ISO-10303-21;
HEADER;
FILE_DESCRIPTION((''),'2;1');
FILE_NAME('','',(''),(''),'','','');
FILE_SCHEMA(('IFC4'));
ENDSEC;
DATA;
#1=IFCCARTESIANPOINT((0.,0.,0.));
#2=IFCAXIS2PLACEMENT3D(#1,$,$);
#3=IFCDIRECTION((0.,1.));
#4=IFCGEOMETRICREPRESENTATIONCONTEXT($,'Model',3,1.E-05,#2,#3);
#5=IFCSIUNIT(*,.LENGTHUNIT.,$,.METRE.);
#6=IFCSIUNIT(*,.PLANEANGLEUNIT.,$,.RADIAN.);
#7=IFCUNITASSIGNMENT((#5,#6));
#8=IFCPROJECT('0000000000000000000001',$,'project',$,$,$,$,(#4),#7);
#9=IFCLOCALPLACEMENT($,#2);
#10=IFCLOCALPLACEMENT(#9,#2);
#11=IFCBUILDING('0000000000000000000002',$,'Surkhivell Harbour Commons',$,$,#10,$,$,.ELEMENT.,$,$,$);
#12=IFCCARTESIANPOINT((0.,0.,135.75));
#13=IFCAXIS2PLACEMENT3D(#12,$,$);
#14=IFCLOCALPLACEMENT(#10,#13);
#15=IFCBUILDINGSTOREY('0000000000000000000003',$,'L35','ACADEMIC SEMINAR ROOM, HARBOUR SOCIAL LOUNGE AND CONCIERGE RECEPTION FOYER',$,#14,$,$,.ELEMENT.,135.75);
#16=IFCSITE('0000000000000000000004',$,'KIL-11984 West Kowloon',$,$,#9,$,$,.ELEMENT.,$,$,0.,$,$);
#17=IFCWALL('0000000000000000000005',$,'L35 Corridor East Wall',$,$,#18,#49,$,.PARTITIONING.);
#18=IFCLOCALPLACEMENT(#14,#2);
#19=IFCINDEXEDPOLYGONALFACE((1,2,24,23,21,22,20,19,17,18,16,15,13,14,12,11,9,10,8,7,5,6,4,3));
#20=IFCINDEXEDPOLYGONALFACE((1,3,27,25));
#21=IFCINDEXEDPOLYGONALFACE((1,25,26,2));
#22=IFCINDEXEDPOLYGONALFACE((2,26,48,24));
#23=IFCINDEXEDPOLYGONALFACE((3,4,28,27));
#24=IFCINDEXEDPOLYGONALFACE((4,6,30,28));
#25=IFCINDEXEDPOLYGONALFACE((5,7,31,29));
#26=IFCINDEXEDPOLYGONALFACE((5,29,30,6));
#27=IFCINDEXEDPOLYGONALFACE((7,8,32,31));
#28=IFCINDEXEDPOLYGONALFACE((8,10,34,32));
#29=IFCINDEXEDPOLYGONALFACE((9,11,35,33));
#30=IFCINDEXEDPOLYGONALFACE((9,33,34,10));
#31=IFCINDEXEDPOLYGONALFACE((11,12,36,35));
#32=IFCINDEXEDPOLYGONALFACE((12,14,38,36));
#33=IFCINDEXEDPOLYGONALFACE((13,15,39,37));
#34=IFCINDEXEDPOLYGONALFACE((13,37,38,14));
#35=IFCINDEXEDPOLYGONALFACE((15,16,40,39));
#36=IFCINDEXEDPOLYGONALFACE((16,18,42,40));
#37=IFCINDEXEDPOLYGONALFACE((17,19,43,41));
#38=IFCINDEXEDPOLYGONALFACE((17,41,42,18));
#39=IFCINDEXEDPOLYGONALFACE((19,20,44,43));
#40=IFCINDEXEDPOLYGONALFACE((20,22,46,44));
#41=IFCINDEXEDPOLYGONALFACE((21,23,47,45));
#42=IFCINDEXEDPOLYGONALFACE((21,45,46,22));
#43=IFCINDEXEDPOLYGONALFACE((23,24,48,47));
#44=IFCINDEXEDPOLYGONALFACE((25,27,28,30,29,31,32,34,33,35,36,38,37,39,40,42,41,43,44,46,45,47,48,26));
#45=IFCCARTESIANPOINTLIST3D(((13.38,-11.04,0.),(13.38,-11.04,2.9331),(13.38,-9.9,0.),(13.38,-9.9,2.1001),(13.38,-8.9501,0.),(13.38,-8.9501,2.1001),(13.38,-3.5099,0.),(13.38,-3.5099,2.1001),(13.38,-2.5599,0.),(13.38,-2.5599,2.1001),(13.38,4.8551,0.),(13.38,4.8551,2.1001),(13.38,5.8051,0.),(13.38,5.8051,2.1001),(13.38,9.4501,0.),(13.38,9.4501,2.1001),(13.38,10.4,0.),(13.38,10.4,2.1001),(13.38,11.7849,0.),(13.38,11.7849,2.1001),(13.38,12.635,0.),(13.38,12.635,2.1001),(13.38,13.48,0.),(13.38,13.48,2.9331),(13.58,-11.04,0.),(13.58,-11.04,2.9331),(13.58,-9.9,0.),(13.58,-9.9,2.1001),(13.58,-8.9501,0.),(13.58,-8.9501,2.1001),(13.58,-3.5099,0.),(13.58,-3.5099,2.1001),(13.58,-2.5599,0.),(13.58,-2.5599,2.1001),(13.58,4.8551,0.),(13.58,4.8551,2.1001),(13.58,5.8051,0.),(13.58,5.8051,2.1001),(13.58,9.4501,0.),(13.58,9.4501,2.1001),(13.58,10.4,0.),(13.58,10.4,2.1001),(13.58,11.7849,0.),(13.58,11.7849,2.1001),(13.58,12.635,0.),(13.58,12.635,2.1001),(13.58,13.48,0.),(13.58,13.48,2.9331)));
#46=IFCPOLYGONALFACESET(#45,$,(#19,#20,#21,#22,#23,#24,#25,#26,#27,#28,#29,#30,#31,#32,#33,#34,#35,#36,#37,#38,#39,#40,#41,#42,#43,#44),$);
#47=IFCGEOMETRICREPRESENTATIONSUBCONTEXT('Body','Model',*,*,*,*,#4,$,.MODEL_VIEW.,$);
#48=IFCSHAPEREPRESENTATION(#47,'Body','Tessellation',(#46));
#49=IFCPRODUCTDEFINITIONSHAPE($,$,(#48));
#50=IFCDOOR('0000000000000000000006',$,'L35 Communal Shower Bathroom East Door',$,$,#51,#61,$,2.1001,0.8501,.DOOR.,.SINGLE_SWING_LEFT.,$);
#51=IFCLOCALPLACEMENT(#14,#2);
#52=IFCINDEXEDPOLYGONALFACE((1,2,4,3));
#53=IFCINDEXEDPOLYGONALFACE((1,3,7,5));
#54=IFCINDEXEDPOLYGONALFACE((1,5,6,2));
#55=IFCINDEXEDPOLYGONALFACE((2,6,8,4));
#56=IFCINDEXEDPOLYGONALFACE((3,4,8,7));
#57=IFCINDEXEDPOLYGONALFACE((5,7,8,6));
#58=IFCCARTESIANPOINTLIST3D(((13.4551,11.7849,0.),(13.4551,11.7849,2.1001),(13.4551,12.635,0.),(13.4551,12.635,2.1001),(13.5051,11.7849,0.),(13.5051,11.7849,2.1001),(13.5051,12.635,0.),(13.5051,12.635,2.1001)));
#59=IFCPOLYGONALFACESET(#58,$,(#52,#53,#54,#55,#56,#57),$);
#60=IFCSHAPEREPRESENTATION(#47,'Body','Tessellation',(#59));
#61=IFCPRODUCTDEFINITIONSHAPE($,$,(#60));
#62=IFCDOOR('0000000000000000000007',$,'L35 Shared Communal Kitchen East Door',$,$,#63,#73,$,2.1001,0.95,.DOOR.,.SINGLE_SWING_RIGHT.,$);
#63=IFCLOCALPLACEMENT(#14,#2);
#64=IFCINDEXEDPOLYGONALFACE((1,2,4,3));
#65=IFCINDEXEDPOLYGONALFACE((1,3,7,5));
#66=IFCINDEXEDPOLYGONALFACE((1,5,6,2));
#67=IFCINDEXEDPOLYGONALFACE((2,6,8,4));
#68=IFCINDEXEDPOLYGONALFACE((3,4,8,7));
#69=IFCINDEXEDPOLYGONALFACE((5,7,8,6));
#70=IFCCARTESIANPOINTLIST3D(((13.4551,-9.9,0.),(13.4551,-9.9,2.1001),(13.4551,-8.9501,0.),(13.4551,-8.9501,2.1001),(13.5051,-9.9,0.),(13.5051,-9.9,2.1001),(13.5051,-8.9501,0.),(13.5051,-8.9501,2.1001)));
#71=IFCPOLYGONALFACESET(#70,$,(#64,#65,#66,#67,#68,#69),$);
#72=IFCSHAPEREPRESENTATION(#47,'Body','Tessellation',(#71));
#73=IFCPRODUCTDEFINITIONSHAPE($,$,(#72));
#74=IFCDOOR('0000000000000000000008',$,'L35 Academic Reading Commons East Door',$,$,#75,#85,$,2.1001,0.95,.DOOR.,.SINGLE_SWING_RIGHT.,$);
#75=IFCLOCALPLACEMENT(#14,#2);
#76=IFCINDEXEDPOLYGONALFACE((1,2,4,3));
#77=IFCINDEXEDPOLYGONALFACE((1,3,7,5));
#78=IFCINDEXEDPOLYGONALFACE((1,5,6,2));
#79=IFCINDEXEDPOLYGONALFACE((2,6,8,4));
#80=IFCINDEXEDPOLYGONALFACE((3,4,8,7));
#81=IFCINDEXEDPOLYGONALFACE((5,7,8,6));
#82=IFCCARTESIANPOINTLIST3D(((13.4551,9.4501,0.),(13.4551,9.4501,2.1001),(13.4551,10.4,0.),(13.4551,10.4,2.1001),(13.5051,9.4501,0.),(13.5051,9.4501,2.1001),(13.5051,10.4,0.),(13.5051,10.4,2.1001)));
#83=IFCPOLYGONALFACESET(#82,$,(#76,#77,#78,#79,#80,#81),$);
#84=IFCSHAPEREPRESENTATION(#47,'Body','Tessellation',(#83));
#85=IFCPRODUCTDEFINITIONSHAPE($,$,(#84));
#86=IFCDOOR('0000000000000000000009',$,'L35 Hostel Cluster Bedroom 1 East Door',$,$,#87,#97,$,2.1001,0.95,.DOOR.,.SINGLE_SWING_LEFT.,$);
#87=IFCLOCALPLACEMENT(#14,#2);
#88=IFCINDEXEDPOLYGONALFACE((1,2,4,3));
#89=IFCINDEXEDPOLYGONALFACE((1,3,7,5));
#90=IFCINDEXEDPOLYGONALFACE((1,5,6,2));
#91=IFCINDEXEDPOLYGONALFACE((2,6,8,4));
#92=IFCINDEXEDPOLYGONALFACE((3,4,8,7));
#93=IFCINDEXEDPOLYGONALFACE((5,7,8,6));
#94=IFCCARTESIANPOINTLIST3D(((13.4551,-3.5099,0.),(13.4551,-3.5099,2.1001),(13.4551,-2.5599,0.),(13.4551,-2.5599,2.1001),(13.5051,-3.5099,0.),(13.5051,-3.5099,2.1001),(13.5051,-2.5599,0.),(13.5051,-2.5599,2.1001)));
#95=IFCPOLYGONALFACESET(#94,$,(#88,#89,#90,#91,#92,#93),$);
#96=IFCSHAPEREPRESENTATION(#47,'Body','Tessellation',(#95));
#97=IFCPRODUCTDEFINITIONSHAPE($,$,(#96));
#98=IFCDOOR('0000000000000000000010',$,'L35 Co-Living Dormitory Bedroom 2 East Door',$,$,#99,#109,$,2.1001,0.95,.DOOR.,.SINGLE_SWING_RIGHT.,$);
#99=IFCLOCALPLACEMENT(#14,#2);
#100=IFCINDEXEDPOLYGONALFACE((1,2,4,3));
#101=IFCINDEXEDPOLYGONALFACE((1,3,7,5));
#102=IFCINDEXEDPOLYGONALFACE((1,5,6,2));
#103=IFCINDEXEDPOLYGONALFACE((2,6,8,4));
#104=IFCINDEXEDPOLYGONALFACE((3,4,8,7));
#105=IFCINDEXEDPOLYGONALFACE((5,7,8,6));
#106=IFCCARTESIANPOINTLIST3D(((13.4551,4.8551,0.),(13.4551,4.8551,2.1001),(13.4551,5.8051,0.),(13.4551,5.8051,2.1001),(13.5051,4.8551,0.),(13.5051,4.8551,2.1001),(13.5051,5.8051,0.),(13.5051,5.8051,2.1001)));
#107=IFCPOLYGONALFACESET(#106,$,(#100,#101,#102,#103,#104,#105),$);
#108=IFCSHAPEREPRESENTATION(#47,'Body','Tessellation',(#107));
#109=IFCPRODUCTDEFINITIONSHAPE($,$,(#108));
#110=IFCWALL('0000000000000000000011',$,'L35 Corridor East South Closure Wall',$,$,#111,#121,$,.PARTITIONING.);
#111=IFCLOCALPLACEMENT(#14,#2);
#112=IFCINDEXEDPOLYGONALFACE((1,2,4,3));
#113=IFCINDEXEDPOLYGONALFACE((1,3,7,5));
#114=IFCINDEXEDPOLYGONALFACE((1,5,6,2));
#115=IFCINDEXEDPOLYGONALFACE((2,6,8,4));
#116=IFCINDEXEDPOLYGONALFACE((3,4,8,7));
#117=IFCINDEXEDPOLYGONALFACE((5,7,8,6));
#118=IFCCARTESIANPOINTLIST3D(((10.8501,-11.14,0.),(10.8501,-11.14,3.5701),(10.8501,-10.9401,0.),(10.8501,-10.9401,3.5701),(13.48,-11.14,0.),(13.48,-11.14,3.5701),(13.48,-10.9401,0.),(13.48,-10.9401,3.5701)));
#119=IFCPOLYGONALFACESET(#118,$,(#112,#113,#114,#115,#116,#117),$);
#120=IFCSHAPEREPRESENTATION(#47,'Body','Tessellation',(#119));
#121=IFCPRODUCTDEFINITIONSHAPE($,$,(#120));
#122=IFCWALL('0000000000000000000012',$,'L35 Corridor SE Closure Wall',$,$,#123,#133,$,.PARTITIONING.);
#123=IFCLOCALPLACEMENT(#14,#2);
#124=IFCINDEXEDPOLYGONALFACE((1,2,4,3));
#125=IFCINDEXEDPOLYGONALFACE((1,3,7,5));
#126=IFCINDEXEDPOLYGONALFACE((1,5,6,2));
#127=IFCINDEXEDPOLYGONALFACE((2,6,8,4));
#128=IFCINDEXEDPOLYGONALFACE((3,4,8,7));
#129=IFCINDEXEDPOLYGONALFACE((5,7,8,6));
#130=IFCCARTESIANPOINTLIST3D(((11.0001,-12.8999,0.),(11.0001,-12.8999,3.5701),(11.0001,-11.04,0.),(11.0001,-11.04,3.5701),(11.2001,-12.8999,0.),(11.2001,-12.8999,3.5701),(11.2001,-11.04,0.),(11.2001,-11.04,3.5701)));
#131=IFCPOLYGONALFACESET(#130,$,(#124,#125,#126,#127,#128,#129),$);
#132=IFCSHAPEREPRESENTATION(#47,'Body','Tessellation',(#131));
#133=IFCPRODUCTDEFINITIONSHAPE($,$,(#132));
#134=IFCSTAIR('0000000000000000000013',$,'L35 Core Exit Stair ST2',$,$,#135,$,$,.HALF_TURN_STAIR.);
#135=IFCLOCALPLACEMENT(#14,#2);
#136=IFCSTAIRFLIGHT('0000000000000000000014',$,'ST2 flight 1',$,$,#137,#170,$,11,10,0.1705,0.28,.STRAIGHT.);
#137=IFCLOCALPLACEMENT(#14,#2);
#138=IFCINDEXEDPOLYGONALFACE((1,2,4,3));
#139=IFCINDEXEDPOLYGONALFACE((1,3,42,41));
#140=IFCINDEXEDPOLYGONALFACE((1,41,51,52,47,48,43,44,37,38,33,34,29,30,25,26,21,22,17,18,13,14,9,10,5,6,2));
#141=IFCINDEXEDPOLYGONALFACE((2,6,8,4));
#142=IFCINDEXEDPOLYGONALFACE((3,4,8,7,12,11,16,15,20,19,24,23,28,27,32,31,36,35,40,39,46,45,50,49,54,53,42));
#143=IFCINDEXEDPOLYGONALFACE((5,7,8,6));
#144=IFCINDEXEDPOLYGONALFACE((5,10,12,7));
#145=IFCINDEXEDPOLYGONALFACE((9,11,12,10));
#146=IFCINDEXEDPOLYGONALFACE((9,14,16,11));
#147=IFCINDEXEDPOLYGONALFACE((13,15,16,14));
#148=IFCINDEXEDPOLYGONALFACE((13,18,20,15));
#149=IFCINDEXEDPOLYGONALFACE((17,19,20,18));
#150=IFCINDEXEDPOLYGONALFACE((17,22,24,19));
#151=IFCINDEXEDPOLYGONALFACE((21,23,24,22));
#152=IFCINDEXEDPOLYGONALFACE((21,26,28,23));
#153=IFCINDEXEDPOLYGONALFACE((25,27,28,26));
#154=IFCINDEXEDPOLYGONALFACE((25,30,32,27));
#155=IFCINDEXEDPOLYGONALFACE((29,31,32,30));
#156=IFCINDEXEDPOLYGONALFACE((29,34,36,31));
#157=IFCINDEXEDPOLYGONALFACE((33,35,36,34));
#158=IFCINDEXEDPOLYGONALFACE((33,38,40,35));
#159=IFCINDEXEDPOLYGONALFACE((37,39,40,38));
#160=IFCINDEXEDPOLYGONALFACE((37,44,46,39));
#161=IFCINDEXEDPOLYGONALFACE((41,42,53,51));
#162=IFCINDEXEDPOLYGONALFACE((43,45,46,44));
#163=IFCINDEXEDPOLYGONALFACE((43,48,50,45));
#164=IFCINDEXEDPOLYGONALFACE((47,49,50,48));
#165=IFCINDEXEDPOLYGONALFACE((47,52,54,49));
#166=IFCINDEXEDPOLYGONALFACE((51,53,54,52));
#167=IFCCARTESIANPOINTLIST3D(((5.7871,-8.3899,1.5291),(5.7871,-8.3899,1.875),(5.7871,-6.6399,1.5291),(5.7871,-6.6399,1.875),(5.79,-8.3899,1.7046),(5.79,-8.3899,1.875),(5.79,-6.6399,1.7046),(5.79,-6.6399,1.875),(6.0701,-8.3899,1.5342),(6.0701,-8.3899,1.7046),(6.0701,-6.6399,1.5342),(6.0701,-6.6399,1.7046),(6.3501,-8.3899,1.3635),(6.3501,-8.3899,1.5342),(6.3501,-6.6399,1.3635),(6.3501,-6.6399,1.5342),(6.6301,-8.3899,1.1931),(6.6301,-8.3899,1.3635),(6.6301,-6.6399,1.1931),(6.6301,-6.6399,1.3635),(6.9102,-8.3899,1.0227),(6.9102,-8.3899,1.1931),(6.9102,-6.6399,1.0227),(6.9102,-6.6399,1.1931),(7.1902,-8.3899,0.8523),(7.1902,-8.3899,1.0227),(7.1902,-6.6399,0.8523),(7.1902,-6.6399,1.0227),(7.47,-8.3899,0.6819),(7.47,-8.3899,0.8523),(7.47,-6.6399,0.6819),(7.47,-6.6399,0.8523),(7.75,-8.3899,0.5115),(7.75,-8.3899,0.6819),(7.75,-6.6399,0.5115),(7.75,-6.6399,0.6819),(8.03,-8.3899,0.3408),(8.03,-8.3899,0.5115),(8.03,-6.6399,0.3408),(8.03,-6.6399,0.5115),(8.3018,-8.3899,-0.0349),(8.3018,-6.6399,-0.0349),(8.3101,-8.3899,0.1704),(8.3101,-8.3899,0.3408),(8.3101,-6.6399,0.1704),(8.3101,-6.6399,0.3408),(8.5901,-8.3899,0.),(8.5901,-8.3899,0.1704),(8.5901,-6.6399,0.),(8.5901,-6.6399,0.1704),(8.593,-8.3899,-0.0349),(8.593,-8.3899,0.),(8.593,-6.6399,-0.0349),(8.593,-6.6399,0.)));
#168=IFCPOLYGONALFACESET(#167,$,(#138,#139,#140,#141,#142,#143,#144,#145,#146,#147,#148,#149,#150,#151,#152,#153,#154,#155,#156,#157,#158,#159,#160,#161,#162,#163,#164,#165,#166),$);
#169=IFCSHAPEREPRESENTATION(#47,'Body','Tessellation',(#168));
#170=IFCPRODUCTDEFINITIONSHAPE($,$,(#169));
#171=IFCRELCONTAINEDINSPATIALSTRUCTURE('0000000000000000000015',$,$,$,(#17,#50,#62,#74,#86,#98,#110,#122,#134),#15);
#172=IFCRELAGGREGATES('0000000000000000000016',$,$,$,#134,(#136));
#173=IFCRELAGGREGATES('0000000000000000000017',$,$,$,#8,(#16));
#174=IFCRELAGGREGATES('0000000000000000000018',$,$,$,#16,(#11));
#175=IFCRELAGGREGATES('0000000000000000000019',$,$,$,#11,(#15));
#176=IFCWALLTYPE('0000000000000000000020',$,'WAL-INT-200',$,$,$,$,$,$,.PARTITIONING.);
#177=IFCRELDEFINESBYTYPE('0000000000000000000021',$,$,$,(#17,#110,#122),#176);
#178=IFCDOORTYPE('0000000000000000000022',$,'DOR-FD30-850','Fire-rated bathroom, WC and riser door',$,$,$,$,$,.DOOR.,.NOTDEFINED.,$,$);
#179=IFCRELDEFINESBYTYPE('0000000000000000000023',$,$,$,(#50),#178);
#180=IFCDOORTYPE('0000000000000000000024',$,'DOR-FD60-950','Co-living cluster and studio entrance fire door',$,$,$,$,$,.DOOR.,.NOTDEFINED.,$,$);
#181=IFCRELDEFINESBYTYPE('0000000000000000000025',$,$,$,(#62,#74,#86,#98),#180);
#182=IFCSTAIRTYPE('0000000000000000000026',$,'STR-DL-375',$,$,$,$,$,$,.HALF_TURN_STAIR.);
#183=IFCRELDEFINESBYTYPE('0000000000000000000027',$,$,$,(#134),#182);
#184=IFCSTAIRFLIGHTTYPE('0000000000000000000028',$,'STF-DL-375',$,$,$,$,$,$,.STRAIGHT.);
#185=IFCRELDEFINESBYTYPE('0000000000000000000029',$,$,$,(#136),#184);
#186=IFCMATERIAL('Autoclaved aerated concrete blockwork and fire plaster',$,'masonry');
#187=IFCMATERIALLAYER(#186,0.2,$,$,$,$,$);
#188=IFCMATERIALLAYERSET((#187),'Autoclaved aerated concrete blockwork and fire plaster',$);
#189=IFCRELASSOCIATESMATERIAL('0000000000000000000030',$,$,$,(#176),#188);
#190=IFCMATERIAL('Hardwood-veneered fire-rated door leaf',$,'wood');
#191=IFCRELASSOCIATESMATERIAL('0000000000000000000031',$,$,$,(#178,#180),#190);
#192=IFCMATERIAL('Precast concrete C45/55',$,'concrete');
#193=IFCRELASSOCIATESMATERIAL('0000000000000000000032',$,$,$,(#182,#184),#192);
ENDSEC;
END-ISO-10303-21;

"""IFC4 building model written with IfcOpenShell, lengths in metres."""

from ifc_helpers import new_model, si_unit, direction, frame, frame_2d, origin, place, context, subcontext, project, spatial, polyline, rectangle, outline, extrude, material, layer, layer_set, type_object, element, fill, aggregate, save


model = new_model("IFC4")

# Units and contexts
model_context = context("Model", 3, precision=1e-05, world=origin(), true_north=direction((0.0, 1.0)))
body_context = subcontext(model_context, "Body", "Model", "MODEL_VIEW")
ifc_project = project(units=[si_unit("LENGTHUNIT", "METRE"), si_unit("PLANEANGLEUNIT", "RADIAN")], contexts=[model_context])

# Site, building, storey
site_placement = place(None, origin())
site = spatial("IfcSite", under=ifc_project, at=site_placement, Name="KIL-11984 West Kowloon", CompositionType="ELEMENT", RefElevation=0.0)
building_placement = place(site_placement, origin())
building = spatial("IfcBuilding", under=site, at=building_placement, Name="Surkhivell Harbour Commons", CompositionType="ELEMENT")
storey_placement = place(building_placement, frame((0.0, 0.0, 135.75)))
storey = spatial("IfcBuildingStorey", under=building, at=storey_placement, Name="L35", Description="ACADEMIC SEMINAR ROOM, HARBOUR SOCIAL LOUNGE AND CONCIERGE RECEPTION FOYER", CompositionType="ELEMENT", Elevation=135.75)

# Shared definitions
ifc_material_1 = material(Name="Autoclaved aerated concrete blockwork and fire plaster", Category="masonry")
ifc_layer_1 = layer(ifc_material_1, 0.2)
ifc_layer_set_1 = layer_set([ifc_layer_1], Name="Autoclaved aerated concrete blockwork and fire plaster")
wall_type_1 = type_object("IfcWallType", Name="WAL-INT-200", PredefinedType="PARTITIONING", material=ifc_layer_set_1)

# Wall, openings, doors
wall_1_placement = place(storey_placement, frame((13.48, -11.04, 0.0), z_axis=(0.0, 0.0, 1.0), x_axis=(0.0, 1.0, 0.0)))
wall_1 = element("IfcWall", 1, at=wall_1_placement, inside=storey, type_object=wall_type_1, Name="L35 Corridor East Wall", PredefinedType="PARTITIONING", context=body_context, shape_type="SweptSolid", body=[
    extrude(rectangle(XDim=24.52, YDim=0.2, at=frame_2d((12.26, 0.0))), origin(), (0.0, 0.0, 1.0), 2.9331),
])
opening_1_placement = place(wall_1_placement, frame((1.1399, 0.0, 0.0)))
opening_1 = element("IfcOpeningElement", 2, at=opening_1_placement, cuts=wall_1, PredefinedType="OPENING", context=body_context, shape_type="SweptSolid", body=[
    extrude(rectangle(XDim=0.95, YDim=2.1001, at=frame_2d((0.4751, 1.05))), frame((0.0, 0.1099, 0.0), z_axis=(0.0, -1.0, 0.0), x_axis=(1.0, 0.0, 0.0)), (0.0, 0.0, 1.0), 0.22),
])
opening_2_placement = place(wall_1_placement, frame((22.825, 0.0, 0.0)))
opening_2 = element("IfcOpeningElement", 3, at=opening_2_placement, cuts=wall_1, PredefinedType="OPENING", context=body_context, shape_type="SweptSolid", body=[
    extrude(rectangle(XDim=0.8501, YDim=2.1001, at=frame_2d((0.425, 1.05))), frame((0.0, 0.1099, 0.0), z_axis=(0.0, -1.0, 0.0), x_axis=(1.0, 0.0, 0.0)), (0.0, 0.0, 1.0), 0.22),
])
opening_3_placement = place(wall_1_placement, frame((20.49, 0.0, 0.0)))
opening_3 = element("IfcOpeningElement", 4, at=opening_3_placement, cuts=wall_1, PredefinedType="OPENING", context=body_context, shape_type="SweptSolid", body=[
    extrude(rectangle(XDim=0.95, YDim=2.1001, at=frame_2d((0.4751, 1.05))), frame((0.0, 0.1099, 0.0), z_axis=(0.0, -1.0, 0.0), x_axis=(1.0, 0.0, 0.0)), (0.0, 0.0, 1.0), 0.22),
])
opening_4_placement = place(wall_1_placement, frame((7.53, 0.0, 0.0)))
opening_4 = element("IfcOpeningElement", 5, at=opening_4_placement, cuts=wall_1, PredefinedType="OPENING", context=body_context, shape_type="SweptSolid", body=[
    extrude(rectangle(XDim=0.95, YDim=2.1001, at=frame_2d((0.4751, 1.05))), frame((0.0, 0.1099, 0.0), z_axis=(0.0, -1.0, 0.0), x_axis=(1.0, 0.0, 0.0)), (0.0, 0.0, 1.0), 0.22),
])
opening_5_placement = place(wall_1_placement, frame((15.895, 0.0, 0.0)))
opening_5 = element("IfcOpeningElement", 6, at=opening_5_placement, cuts=wall_1, PredefinedType="OPENING", context=body_context, shape_type="SweptSolid", body=[
    extrude(rectangle(XDim=0.95, YDim=2.1001, at=frame_2d((0.4751, 1.05))), frame((0.0, 0.1099, 0.0), z_axis=(0.0, -1.0, 0.0), x_axis=(1.0, 0.0, 0.0)), (0.0, 0.0, 1.0), 0.22),
])
ifc_material_2 = material(Name="Hardwood-veneered fire-rated door leaf", Category="wood")
door_type_1 = type_object("IfcDoorType", Name="DOR-FD30-850", Description="Fire-rated bathroom, WC and riser door", OperationType="NOTDEFINED", PredefinedType="DOOR", material=ifc_material_2)
door_1_placement = place(opening_2_placement, origin())
door_1 = element("IfcDoor", 7, at=door_1_placement, inside=storey, type_object=door_type_1, Name="L35 Communal Shower Bathroom East Door", OperationType="SINGLE_SWING_LEFT", OverallHeight=2.1001, OverallWidth=0.8501, PredefinedType="DOOR", context=body_context, shape_type="SweptSolid", body=[
    extrude(rectangle(XDim=0.8501, YDim=2.1001, at=frame_2d((0.425, 1.05))), frame((0.0, 0.0249, 0.0), z_axis=(0.0, -1.0, 0.0), x_axis=(1.0, 0.0, 0.0)), (0.0, 0.0, 1.0), 0.05),
])
fill(opening_2, door_1)
door_type_2 = type_object("IfcDoorType", Name="DOR-FD60-950", Description="Co-living cluster and studio entrance fire door", OperationType="NOTDEFINED", PredefinedType="DOOR", material=ifc_material_2)
door_2_placement = place(opening_1_placement, origin())
door_2 = element("IfcDoor", 8, at=door_2_placement, inside=storey, type_object=door_type_2, Name="L35 Shared Communal Kitchen East Door", OperationType="SINGLE_SWING_RIGHT", OverallHeight=2.1001, OverallWidth=0.95, PredefinedType="DOOR", context=body_context, shape_type="SweptSolid", body=[
    extrude(rectangle(XDim=0.95, YDim=2.1001, at=frame_2d((0.4751, 1.05))), frame((0.0, 0.0249, 0.0), z_axis=(0.0, -1.0, 0.0), x_axis=(1.0, 0.0, 0.0)), (0.0, 0.0, 1.0), 0.05),
])
fill(opening_1, door_2)
door_3_placement = place(opening_3_placement, origin())
door_3 = element("IfcDoor", 9, at=door_3_placement, inside=storey, type_object=door_type_2, Name="L35 Academic Reading Commons East Door", OperationType="SINGLE_SWING_RIGHT", OverallHeight=2.1001, OverallWidth=0.95, PredefinedType="DOOR", context=body_context, shape_type="SweptSolid", body=[
    extrude(rectangle(XDim=0.95, YDim=2.1001, at=frame_2d((0.4751, 1.05))), frame((0.0, 0.0249, 0.0), z_axis=(0.0, -1.0, 0.0), x_axis=(1.0, 0.0, 0.0)), (0.0, 0.0, 1.0), 0.05),
])
fill(opening_3, door_3)
door_4_placement = place(opening_4_placement, origin())
door_4 = element("IfcDoor", 10, at=door_4_placement, inside=storey, type_object=door_type_2, Name="L35 Hostel Cluster Bedroom 1 East Door", OperationType="SINGLE_SWING_LEFT", OverallHeight=2.1001, OverallWidth=0.95, PredefinedType="DOOR", context=body_context, shape_type="SweptSolid", body=[
    extrude(rectangle(XDim=0.95, YDim=2.1001, at=frame_2d((0.4751, 1.05))), frame((0.0, 0.0249, 0.0), z_axis=(0.0, -1.0, 0.0), x_axis=(1.0, 0.0, 0.0)), (0.0, 0.0, 1.0), 0.05),
])
fill(opening_4, door_4)
door_5_placement = place(opening_5_placement, origin())
door_5 = element("IfcDoor", 11, at=door_5_placement, inside=storey, type_object=door_type_2, Name="L35 Co-Living Dormitory Bedroom 2 East Door", OperationType="SINGLE_SWING_RIGHT", OverallHeight=2.1001, OverallWidth=0.95, PredefinedType="DOOR", context=body_context, shape_type="SweptSolid", body=[
    extrude(rectangle(XDim=0.95, YDim=2.1001, at=frame_2d((0.4751, 1.05))), frame((0.0, 0.0249, 0.0), z_axis=(0.0, -1.0, 0.0), x_axis=(1.0, 0.0, 0.0)), (0.0, 0.0, 1.0), 0.05),
])
fill(opening_5, door_5)

# Walls
wall_2_placement = place(storey_placement, frame((10.8501, -11.04, 0.0), z_axis=(0.0, 0.0, 1.0), x_axis=(1.0, 0.0, 0.0)))
element("IfcWall", 12, at=wall_2_placement, inside=storey, type_object=wall_type_1, Name="L35 Corridor East South Closure Wall", PredefinedType="PARTITIONING", context=body_context, shape_type="SweptSolid", body=[
    extrude(rectangle(XDim=2.6299, YDim=0.2, at=frame_2d((1.3149, 0.0))), origin(), (0.0, 0.0, 1.0), 3.5701),
])
wall_3_placement = place(storey_placement, frame((11.1001, -12.8999, 0.0), z_axis=(0.0, 0.0, 1.0), x_axis=(0.0, 1.0, 0.0)))
element("IfcWall", 13, at=wall_3_placement, inside=storey, type_object=wall_type_1, Name="L35 Corridor SE Closure Wall", PredefinedType="PARTITIONING", context=body_context, shape_type="SweptSolid", body=[
    extrude(rectangle(XDim=1.8599, YDim=0.2, at=frame_2d((0.9299, 0.0))), origin(), (0.0, 0.0, 1.0), 3.5701),
])

# Stair, stair flight
ifc_material_3 = material(Name="Precast concrete C45/55", Category="concrete")
stair_type = type_object("IfcStairType", Name="STR-DL-375", PredefinedType="HALF_TURN_STAIR", material=ifc_material_3)
stair_placement = place(storey_placement, origin())
stair = element("IfcStair", 14, at=stair_placement, inside=storey, type_object=stair_type, Name="L35 Core Exit Stair ST2", PredefinedType="HALF_TURN_STAIR")
stair_flight_type = type_object("IfcStairFlightType", Name="STF-DL-375", PredefinedType="STRAIGHT", material=ifc_material_3)
stair_flight_placement = place(storey_placement, frame((8.5901, -7.5149, 0.0), z_axis=(0.0, 0.0, 1.0), x_axis=(-1.0, 0.0, 0.0)))
stair_flight = element("IfcStairFlight", 15, at=stair_flight_placement, type_object=stair_flight_type, Name="ST2 flight 1", NumberOfRisers=11, NumberOfTreads=10, PredefinedType="STRAIGHT", RiserHeight=0.1705, TreadLength=0.28, context=body_context, shape_type="SweptSolid", body=[
    extrude(outline(polyline([(-0.0029, -0.0349), (-0.0029, 0.0), (0.0, 0.0), (0.0, 0.1704), (0.28, 0.1704), (0.28, 0.3408), (0.5601, 0.3408), (0.5601, 0.5115), (0.8401, 0.5115), (0.8401, 0.6819), (1.1201, 0.6819), (1.1201, 0.8523), (1.3999, 0.8523), (1.3999, 1.0227), (1.6799, 1.0227), (1.6799, 1.1931), (1.96, 1.1931), (1.96, 1.3635), (2.24, 1.3635), (2.24, 1.5342), (2.52, 1.5342), (2.52, 1.7046), (2.8, 1.7046), (2.8, 1.875), (2.803, 1.875), (2.803, 1.5291), (0.2883, -0.0349), (-0.0029, -0.0349)])), frame((0.0, 0.875, 0.0), z_axis=(0.0, -1.0, 0.0), x_axis=(1.0, 0.0, 0.0)), (0.0, 0.0, 1.0), 1.75),
])
aggregate(stair, [stair_flight])

save(model, "model.ifc")
